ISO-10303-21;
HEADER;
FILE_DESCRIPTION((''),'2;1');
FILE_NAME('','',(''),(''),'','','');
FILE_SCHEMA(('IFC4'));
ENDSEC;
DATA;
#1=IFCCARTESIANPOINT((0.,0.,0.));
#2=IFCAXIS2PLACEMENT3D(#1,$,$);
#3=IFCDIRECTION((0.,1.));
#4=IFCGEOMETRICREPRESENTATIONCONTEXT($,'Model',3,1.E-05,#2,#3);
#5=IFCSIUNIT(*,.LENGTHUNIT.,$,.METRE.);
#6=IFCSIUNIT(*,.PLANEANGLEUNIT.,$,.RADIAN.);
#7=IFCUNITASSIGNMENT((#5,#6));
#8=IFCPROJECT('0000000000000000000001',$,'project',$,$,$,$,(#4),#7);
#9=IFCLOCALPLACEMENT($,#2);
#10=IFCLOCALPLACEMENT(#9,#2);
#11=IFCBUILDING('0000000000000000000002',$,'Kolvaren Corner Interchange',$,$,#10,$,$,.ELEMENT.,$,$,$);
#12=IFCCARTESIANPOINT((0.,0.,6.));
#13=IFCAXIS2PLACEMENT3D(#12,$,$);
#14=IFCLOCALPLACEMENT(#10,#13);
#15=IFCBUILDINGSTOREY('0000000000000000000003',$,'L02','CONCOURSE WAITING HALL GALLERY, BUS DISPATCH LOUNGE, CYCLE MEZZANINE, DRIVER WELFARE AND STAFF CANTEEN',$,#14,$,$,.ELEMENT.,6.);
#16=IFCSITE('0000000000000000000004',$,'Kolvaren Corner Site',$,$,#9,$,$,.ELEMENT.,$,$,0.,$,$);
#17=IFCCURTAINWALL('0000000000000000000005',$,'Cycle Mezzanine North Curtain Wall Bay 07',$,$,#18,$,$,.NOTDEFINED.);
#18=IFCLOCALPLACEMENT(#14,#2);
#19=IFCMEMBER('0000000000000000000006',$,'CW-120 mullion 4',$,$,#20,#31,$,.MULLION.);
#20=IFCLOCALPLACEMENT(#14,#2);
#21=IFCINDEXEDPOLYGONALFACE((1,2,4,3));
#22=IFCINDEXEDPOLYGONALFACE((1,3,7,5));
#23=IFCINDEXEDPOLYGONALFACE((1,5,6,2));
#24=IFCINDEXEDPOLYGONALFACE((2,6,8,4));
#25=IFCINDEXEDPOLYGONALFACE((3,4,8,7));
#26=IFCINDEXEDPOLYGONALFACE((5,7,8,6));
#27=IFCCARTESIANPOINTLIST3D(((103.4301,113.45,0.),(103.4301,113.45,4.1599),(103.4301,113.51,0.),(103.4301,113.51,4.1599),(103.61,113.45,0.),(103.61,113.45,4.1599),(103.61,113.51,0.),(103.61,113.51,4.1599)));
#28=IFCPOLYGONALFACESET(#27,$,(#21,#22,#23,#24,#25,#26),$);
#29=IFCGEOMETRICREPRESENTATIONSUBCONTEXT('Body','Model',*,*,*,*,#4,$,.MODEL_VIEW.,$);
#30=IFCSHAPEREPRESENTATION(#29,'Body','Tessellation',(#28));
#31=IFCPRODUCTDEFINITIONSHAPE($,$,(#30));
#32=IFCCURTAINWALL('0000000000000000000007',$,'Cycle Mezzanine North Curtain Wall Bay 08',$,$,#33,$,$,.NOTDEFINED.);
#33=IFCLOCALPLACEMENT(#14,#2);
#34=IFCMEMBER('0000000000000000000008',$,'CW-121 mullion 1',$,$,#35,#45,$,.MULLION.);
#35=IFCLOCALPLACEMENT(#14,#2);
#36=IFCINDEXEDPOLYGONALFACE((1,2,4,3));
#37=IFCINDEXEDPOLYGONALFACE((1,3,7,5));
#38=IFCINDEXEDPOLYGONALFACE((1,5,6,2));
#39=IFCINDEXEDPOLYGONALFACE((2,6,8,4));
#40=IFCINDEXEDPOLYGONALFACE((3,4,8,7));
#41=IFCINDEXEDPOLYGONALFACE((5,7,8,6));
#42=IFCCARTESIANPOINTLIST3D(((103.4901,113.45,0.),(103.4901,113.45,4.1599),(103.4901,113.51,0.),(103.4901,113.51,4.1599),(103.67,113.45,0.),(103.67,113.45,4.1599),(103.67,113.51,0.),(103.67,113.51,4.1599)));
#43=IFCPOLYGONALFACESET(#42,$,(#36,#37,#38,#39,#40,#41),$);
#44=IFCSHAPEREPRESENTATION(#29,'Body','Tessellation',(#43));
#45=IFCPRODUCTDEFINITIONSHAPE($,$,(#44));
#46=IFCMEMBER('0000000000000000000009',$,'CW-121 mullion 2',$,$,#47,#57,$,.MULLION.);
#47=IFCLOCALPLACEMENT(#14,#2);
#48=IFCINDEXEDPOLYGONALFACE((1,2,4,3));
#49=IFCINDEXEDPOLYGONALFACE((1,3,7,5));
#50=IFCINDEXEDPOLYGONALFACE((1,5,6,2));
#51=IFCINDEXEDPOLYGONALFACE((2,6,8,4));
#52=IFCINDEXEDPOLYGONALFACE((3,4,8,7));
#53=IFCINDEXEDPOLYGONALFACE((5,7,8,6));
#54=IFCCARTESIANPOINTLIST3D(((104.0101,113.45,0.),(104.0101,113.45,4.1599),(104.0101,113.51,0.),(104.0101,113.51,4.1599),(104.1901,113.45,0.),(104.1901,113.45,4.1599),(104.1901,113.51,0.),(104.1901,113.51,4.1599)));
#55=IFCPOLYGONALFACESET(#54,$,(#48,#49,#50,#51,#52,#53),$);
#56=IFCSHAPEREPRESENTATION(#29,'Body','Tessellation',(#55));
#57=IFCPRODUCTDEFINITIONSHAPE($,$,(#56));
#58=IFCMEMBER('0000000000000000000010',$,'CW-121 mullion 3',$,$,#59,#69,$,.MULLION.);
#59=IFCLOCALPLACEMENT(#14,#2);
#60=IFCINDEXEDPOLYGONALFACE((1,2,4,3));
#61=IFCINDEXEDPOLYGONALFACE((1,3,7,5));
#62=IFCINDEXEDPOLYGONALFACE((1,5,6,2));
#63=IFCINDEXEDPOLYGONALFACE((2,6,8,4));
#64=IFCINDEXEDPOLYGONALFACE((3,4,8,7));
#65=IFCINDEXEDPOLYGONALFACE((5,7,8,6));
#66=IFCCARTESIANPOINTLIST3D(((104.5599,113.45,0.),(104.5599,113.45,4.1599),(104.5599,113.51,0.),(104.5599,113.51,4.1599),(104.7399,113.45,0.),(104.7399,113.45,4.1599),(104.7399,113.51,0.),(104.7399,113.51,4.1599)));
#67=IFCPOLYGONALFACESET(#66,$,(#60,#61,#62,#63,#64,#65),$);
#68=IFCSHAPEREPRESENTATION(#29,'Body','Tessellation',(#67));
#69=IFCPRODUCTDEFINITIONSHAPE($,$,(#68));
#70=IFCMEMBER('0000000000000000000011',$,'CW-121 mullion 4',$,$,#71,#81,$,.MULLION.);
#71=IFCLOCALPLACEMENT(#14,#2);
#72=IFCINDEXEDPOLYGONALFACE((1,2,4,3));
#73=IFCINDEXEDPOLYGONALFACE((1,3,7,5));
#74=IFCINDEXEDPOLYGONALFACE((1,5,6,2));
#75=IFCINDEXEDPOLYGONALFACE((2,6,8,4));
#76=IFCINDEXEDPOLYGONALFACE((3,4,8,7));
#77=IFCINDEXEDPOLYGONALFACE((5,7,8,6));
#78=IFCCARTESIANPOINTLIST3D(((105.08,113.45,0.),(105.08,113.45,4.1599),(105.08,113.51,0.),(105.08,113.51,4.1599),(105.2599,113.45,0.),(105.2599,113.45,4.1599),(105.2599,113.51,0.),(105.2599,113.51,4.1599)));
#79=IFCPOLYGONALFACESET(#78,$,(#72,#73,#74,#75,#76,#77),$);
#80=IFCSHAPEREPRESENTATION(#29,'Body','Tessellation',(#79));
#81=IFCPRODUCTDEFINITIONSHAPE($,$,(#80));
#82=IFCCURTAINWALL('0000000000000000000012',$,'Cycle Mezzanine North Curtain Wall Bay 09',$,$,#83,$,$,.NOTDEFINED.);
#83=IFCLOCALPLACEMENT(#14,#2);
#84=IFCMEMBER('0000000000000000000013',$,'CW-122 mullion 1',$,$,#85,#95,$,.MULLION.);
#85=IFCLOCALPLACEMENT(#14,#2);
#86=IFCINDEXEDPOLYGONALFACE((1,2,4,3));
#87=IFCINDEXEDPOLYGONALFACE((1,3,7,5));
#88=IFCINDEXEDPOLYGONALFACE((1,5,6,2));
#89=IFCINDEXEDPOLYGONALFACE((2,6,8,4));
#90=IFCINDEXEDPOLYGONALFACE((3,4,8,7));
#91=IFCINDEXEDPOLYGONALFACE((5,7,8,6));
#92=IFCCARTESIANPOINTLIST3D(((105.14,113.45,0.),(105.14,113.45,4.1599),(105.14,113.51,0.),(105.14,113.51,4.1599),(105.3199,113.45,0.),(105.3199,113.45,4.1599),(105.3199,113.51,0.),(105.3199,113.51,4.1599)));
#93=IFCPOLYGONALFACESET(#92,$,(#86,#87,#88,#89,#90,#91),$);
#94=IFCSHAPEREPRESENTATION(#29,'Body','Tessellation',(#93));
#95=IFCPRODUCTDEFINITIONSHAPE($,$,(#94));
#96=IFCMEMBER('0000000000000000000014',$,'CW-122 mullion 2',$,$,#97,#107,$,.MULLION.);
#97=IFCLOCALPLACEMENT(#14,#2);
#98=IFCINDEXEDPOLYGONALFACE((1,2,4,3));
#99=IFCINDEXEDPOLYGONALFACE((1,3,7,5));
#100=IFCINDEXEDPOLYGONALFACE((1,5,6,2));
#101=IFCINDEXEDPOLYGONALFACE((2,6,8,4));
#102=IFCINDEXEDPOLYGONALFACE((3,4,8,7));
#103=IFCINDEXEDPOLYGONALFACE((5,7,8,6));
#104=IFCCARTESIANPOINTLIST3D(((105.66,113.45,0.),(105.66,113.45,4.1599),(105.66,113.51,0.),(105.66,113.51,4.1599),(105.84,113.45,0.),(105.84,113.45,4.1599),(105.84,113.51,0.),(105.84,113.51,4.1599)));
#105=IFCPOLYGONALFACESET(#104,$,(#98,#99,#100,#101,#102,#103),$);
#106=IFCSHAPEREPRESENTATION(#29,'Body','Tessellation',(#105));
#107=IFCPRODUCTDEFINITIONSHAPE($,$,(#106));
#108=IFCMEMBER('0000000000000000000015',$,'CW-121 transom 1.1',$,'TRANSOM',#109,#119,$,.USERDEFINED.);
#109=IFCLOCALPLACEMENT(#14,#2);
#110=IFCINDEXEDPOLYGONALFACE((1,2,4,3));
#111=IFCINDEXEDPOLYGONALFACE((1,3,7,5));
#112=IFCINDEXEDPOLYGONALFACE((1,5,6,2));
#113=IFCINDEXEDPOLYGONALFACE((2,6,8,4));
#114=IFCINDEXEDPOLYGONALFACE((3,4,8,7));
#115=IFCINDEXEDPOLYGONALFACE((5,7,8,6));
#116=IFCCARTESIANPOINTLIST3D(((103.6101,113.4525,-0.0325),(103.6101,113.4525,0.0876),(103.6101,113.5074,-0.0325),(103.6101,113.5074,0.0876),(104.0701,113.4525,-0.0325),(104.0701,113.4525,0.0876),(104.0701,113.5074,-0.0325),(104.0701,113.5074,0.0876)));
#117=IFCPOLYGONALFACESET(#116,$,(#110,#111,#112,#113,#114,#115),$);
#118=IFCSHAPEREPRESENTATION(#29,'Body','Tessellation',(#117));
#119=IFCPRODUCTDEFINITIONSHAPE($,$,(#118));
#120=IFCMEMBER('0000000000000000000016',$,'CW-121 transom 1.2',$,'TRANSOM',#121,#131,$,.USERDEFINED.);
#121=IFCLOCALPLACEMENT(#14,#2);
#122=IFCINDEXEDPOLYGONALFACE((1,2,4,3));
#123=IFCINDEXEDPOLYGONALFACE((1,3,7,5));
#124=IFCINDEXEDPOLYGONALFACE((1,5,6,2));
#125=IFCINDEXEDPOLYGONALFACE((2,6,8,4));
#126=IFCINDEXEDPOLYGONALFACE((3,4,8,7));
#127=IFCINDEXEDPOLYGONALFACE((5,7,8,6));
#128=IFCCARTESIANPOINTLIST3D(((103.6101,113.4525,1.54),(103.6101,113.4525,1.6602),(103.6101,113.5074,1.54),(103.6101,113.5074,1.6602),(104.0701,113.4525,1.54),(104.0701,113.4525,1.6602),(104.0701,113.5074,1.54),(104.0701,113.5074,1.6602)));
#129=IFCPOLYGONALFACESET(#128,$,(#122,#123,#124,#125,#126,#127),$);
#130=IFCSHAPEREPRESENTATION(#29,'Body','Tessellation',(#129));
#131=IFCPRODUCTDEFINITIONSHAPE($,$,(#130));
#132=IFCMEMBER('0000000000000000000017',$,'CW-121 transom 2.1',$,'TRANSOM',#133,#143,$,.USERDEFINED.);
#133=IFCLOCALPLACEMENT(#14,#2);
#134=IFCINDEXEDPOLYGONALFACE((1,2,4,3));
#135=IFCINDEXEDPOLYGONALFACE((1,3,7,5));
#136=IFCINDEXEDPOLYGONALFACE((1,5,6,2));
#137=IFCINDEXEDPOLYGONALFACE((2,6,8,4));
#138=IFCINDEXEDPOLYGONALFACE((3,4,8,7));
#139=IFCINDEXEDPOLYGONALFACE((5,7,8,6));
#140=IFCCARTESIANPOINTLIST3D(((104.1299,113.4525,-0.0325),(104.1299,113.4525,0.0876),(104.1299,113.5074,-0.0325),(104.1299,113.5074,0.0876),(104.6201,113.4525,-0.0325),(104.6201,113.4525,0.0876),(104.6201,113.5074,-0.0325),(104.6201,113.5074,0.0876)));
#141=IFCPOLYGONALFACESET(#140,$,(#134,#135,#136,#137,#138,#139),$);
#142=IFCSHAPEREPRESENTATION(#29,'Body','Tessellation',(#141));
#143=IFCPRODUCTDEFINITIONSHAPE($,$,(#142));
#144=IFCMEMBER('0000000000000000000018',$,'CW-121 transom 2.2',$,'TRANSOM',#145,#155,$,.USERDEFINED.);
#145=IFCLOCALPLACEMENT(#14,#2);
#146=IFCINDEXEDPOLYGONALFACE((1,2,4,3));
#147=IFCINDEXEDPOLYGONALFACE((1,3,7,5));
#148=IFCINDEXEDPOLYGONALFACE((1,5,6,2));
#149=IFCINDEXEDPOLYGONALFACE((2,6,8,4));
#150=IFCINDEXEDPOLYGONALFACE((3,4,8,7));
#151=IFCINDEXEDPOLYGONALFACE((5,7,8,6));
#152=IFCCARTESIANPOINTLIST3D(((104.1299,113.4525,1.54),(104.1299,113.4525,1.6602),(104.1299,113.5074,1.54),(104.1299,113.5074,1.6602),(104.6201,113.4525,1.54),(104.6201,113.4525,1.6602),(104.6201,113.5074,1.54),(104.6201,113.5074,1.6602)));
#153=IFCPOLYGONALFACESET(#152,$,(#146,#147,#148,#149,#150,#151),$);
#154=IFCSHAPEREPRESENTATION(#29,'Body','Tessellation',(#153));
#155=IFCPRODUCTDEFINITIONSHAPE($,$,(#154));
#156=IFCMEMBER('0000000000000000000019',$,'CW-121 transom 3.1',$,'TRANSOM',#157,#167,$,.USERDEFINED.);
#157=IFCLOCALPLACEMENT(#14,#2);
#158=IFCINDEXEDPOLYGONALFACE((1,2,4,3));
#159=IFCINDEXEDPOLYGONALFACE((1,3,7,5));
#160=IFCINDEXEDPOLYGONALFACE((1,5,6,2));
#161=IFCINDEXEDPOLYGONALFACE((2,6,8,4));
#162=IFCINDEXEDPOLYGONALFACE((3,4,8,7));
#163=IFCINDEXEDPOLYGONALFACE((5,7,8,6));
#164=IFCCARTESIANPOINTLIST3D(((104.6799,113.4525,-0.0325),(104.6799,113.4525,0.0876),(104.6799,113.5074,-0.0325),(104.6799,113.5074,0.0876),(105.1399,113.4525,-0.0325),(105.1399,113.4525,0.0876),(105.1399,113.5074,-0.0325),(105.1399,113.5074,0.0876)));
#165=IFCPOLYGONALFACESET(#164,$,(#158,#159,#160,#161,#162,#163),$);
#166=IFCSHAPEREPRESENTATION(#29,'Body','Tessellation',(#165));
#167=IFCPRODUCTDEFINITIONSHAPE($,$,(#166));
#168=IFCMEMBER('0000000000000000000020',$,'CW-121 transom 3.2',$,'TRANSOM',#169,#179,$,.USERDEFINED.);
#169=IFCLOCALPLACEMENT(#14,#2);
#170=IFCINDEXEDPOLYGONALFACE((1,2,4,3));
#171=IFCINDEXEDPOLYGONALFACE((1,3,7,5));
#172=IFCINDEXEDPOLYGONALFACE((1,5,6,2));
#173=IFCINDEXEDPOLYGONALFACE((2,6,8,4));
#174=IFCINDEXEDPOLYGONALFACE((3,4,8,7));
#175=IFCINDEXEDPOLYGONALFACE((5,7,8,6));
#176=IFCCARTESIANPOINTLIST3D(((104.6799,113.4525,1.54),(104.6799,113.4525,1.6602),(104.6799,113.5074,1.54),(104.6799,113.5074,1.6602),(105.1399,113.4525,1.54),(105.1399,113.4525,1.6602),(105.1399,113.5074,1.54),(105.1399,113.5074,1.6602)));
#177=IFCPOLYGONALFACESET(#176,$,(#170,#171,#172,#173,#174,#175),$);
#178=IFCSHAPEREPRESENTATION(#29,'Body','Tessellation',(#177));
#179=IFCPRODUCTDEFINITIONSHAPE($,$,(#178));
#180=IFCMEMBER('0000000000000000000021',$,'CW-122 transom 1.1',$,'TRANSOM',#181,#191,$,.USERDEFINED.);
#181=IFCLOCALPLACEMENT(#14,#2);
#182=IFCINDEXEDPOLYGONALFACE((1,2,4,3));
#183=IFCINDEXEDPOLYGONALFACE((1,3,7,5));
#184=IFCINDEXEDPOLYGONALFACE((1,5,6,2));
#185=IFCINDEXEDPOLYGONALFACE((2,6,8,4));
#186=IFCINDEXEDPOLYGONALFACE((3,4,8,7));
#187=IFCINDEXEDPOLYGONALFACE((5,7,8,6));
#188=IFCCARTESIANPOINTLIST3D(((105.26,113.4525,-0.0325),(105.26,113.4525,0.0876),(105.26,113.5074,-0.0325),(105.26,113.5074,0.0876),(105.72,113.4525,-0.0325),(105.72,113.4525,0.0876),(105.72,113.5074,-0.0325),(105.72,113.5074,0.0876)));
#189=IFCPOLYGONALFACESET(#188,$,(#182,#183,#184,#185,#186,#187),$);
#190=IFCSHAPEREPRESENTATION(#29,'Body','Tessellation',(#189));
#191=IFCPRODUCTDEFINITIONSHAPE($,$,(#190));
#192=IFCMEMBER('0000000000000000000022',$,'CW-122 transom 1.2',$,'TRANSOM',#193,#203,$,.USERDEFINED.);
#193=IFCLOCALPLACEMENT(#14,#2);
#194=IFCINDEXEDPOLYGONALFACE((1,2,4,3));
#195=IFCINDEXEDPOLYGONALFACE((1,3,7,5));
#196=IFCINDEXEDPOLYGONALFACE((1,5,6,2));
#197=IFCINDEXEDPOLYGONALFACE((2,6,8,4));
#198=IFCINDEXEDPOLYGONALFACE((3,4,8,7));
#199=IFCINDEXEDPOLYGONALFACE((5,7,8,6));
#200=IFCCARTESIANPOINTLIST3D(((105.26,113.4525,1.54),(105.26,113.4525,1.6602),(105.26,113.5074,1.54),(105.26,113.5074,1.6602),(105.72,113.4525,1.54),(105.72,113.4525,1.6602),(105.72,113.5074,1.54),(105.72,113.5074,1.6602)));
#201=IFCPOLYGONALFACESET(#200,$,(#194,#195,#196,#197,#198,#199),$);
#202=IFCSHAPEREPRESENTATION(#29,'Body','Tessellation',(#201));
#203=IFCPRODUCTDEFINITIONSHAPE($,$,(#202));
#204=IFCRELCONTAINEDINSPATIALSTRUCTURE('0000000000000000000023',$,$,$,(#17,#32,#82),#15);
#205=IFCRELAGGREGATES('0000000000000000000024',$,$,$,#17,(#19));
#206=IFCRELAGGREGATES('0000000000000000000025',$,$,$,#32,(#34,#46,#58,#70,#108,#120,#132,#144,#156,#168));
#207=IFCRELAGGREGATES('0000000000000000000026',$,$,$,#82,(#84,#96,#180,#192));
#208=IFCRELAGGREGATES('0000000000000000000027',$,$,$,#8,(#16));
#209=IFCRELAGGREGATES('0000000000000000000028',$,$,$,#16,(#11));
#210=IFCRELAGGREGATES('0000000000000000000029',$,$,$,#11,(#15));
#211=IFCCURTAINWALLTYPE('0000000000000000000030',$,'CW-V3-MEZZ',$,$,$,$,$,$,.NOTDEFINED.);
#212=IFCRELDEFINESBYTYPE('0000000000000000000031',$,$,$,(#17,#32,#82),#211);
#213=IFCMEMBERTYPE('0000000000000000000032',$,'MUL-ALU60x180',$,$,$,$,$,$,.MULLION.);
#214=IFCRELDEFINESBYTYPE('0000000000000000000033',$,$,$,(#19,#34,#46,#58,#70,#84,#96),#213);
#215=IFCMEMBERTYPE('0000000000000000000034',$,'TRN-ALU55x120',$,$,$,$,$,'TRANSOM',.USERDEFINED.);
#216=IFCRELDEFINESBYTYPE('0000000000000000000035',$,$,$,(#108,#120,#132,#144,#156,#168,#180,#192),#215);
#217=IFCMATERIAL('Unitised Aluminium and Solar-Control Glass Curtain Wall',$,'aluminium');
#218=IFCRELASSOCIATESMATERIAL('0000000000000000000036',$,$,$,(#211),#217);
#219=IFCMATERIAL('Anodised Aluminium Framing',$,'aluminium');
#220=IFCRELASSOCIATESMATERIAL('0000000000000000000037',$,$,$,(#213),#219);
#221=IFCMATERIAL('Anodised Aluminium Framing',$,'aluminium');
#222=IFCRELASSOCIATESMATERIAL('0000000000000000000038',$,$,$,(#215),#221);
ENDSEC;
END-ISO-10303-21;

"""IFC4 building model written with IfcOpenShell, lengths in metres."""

from ifc_helpers import new_model, si_unit, direction, frame, origin, origin_2d, place, context, subcontext, project, spatial, rectangle, extrude, material, material_profile, profile_set, type_object, element, aggregate, save


model = new_model("IFC4")

# Units and contexts
model_context = context("Model", 3, precision=1e-05, world=origin(), true_north=direction((0.0, 1.0)))
body_context = subcontext(model_context, "Body", "Model", "MODEL_VIEW")
ifc_project = project(units=[si_unit("LENGTHUNIT", "METRE"), si_unit("PLANEANGLEUNIT", "RADIAN")], contexts=[model_context])

# Site, building, storey
site_placement = place(None, origin())
site = spatial("IfcSite", under=ifc_project, at=site_placement, Name="Kolvaren Corner Site", CompositionType="ELEMENT", RefElevation=0.0)
building_placement = place(site_placement, origin())
building = spatial("IfcBuilding", under=site, at=building_placement, Name="Kolvaren Corner Interchange", CompositionType="ELEMENT")
storey_placement = place(building_placement, frame((0.0, 0.0, 6.0)))
storey = spatial("IfcBuildingStorey", under=building, at=storey_placement, Name="L02", Description="CONCOURSE WAITING HALL GALLERY, BUS DISPATCH LOUNGE, CYCLE MEZZANINE, DRIVER WELFARE AND STAFF CANTEEN", CompositionType="ELEMENT", Elevation=6.0)

# Curtain wall, member
ifc_material_1 = material(Name="Unitised Aluminium and Solar-Control Glass Curtain Wall", Category="aluminium")
curtain_wall_type = type_object("IfcCurtainWallType", Name="CW-V3-MEZZ", PredefinedType="NOTDEFINED", material=ifc_material_1)
curtain_wall_1_placement = place(storey_placement, origin())
curtain_wall_1 = element("IfcCurtainWall", 1, at=curtain_wall_1_placement, inside=storey, type_object=curtain_wall_type, Name="Cycle Mezzanine North Curtain Wall Bay 07", PredefinedType="NOTDEFINED")
ifc_material_2 = material(Name="Anodised Aluminium Framing", Category="aluminium")
ifc_material_profile_1 = material_profile(ifc_material_2, rectangle(XDim=0.0601, YDim=0.1799, at=origin_2d()), Name="ALU 60x180")
ifc_profile_set_1 = profile_set([ifc_material_profile_1], Name="Anodised Aluminium Framing")
member_type_1 = type_object("IfcMemberType", Name="MUL-ALU60x180", PredefinedType="MULLION", material=ifc_profile_set_1)
member_1_placement = place(storey_placement, frame((103.52, 113.48, 0.0), z_axis=(0.0, 0.0, 1.0), x_axis=(0.0, 1.0, 0.0)))
member_1 = element("IfcMember", 2, at=member_1_placement, type_object=member_type_1, Name="CW-120 mullion 4", PredefinedType="MULLION", context=body_context, shape_type="SweptSolid", body=[
    extrude(rectangle(XDim=0.0601, YDim=0.1799, at=origin_2d()), origin(), (0.0, 0.0, 1.0), 4.1599),
])

# Curtain walls, members
curtain_wall_2_placement = place(storey_placement, origin())
curtain_wall_2 = element("IfcCurtainWall", 3, at=curtain_wall_2_placement, inside=storey, type_object=curtain_wall_type, Name="Cycle Mezzanine North Curtain Wall Bay 08", PredefinedType="NOTDEFINED")
member_2_placement = place(storey_placement, frame((103.5801, 113.48, 0.0), z_axis=(0.0, 0.0, 1.0), x_axis=(0.0, 1.0, 0.0)))
member_2 = element("IfcMember", 4, at=member_2_placement, type_object=member_type_1, Name="CW-121 mullion 1", PredefinedType="MULLION", context=body_context, shape_type="SweptSolid", body=[
    extrude(rectangle(XDim=0.0601, YDim=0.1799, at=origin_2d()), origin(), (0.0, 0.0, 1.0), 4.1599),
])
member_3_placement = place(storey_placement, frame((104.1001, 113.48, 0.0), z_axis=(0.0, 0.0, 1.0), x_axis=(0.0, 1.0, 0.0)))
member_3 = element("IfcMember", 5, at=member_3_placement, type_object=member_type_1, Name="CW-121 mullion 2", PredefinedType="MULLION", context=body_context, shape_type="SweptSolid", body=[
    extrude(rectangle(XDim=0.0601, YDim=0.1799, at=origin_2d()), origin(), (0.0, 0.0, 1.0), 4.1599),
])
member_4_placement = place(storey_placement, frame((104.6499, 113.48, 0.0), z_axis=(0.0, 0.0, 1.0), x_axis=(0.0, 1.0, 0.0)))
member_4 = element("IfcMember", 6, at=member_4_placement, type_object=member_type_1, Name="CW-121 mullion 3", PredefinedType="MULLION", context=body_context, shape_type="SweptSolid", body=[
    extrude(rectangle(XDim=0.0601, YDim=0.1799, at=origin_2d()), origin(), (0.0, 0.0, 1.0), 4.1599),
])
member_5_placement = place(storey_placement, frame((105.1699, 113.48, 0.0), z_axis=(0.0, 0.0, 1.0), x_axis=(0.0, 1.0, 0.0)))
member_5 = element("IfcMember", 7, at=member_5_placement, type_object=member_type_1, Name="CW-121 mullion 4", PredefinedType="MULLION", context=body_context, shape_type="SweptSolid", body=[
    extrude(rectangle(XDim=0.0601, YDim=0.1799, at=origin_2d()), origin(), (0.0, 0.0, 1.0), 4.1599),
])
curtain_wall_3_placement = place(storey_placement, origin())
curtain_wall_3 = element("IfcCurtainWall", 8, at=curtain_wall_3_placement, inside=storey, type_object=curtain_wall_type, Name="Cycle Mezzanine North Curtain Wall Bay 09", PredefinedType="NOTDEFINED")
member_6_placement = place(storey_placement, frame((105.23, 113.48, 0.0), z_axis=(0.0, 0.0, 1.0), x_axis=(0.0, 1.0, 0.0)))
member_6 = element("IfcMember", 9, at=member_6_placement, type_object=member_type_1, Name="CW-122 mullion 1", PredefinedType="MULLION", context=body_context, shape_type="SweptSolid", body=[
    extrude(rectangle(XDim=0.0601, YDim=0.1799, at=origin_2d()), origin(), (0.0, 0.0, 1.0), 4.1599),
])
member_7_placement = place(storey_placement, frame((105.75, 113.48, 0.0), z_axis=(0.0, 0.0, 1.0), x_axis=(0.0, 1.0, 0.0)))
member_7 = element("IfcMember", 10, at=member_7_placement, type_object=member_type_1, Name="CW-122 mullion 2", PredefinedType="MULLION", context=body_context, shape_type="SweptSolid", body=[
    extrude(rectangle(XDim=0.0601, YDim=0.1799, at=origin_2d()), origin(), (0.0, 0.0, 1.0), 4.1599),
])

# Members
ifc_material_3 = material(Name="Anodised Aluminium Framing", Category="aluminium")
ifc_material_profile_2 = material_profile(ifc_material_3, rectangle(XDim=0.0549, YDim=0.1201, at=origin_2d()), Name="ALU 55x120")
ifc_profile_set_2 = profile_set([ifc_material_profile_2], Name="Anodised Aluminium Framing")
member_type_2 = type_object("IfcMemberType", Name="TRN-ALU55x120", ElementType="TRANSOM", PredefinedType="USERDEFINED", material=ifc_profile_set_2)
member_8_placement = place(storey_placement, frame((103.6101, 113.48, 0.0276), z_axis=(1.0, 0.0, 0.0), x_axis=(0.0, 1.0, 0.0)))
member_8 = element("IfcMember", 11, at=member_8_placement, type_object=member_type_2, Name="CW-121 transom 1.1", ObjectType="TRANSOM", PredefinedType="USERDEFINED", context=body_context, shape_type="SweptSolid", body=[
    extrude(rectangle(XDim=0.0549, YDim=0.1201, at=origin_2d()), origin(), (0.0, 0.0, 1.0), 0.46),
])
member_9_placement = place(storey_placement, frame((103.6101, 113.48, 1.6001), z_axis=(1.0, 0.0, 0.0), x_axis=(0.0, 1.0, 0.0)))
member_9 = element("IfcMember", 12, at=member_9_placement, type_object=member_type_2, Name="CW-121 transom 1.2", ObjectType="TRANSOM", PredefinedType="USERDEFINED", context=body_context, shape_type="SweptSolid", body=[
    extrude(rectangle(XDim=0.0549, YDim=0.1201, at=origin_2d()), origin(), (0.0, 0.0, 1.0), 0.46),
])
member_10_placement = place(storey_placement, frame((104.1299, 113.48, 0.0276), z_axis=(1.0, 0.0, 0.0), x_axis=(0.0, 1.0, 0.0)))
member_10 = element("IfcMember", 13, at=member_10_placement, type_object=member_type_2, Name="CW-121 transom 2.1", ObjectType="TRANSOM", PredefinedType="USERDEFINED", context=body_context, shape_type="SweptSolid", body=[
    extrude(rectangle(XDim=0.0549, YDim=0.1201, at=origin_2d()), origin(), (0.0, 0.0, 1.0), 0.4902),
])
member_11_placement = place(storey_placement, frame((104.1299, 113.48, 1.6001), z_axis=(1.0, 0.0, 0.0), x_axis=(0.0, 1.0, 0.0)))
member_11 = element("IfcMember", 14, at=member_11_placement, type_object=member_type_2, Name="CW-121 transom 2.2", ObjectType="TRANSOM", PredefinedType="USERDEFINED", context=body_context, shape_type="SweptSolid", body=[
    extrude(rectangle(XDim=0.0549, YDim=0.1201, at=origin_2d()), origin(), (0.0, 0.0, 1.0), 0.4902),
])
member_12_placement = place(storey_placement, frame((104.6799, 113.48, 0.0276), z_axis=(1.0, 0.0, 0.0), x_axis=(0.0, 1.0, 0.0)))
member_12 = element("IfcMember", 15, at=member_12_placement, type_object=member_type_2, Name="CW-121 transom 3.1", ObjectType="TRANSOM", PredefinedType="USERDEFINED", context=body_context, shape_type="SweptSolid", body=[
    extrude(rectangle(XDim=0.0549, YDim=0.1201, at=origin_2d()), origin(), (0.0, 0.0, 1.0), 0.46),
])
member_13_placement = place(storey_placement, frame((104.6799, 113.48, 1.6001), z_axis=(1.0, 0.0, 0.0), x_axis=(0.0, 1.0, 0.0)))
member_13 = element("IfcMember", 16, at=member_13_placement, type_object=member_type_2, Name="CW-121 transom 3.2", ObjectType="TRANSOM", PredefinedType="USERDEFINED", context=body_context, shape_type="SweptSolid", body=[
    extrude(rectangle(XDim=0.0549, YDim=0.1201, at=origin_2d()), origin(), (0.0, 0.0, 1.0), 0.46),
])
member_14_placement = place(storey_placement, frame((105.26, 113.48, 0.0276), z_axis=(1.0, 0.0, 0.0), x_axis=(0.0, 1.0, 0.0)))
member_14 = element("IfcMember", 17, at=member_14_placement, type_object=member_type_2, Name="CW-122 transom 1.1", ObjectType="TRANSOM", PredefinedType="USERDEFINED", context=body_context, shape_type="SweptSolid", body=[
    extrude(rectangle(XDim=0.0549, YDim=0.1201, at=origin_2d()), origin(), (0.0, 0.0, 1.0), 0.46),
])
member_15_placement = place(storey_placement, frame((105.26, 113.48, 1.6001), z_axis=(1.0, 0.0, 0.0), x_axis=(0.0, 1.0, 0.0)))
member_15 = element("IfcMember", 18, at=member_15_placement, type_object=member_type_2, Name="CW-122 transom 1.2", ObjectType="TRANSOM", PredefinedType="USERDEFINED", context=body_context, shape_type="SweptSolid", body=[
    extrude(rectangle(XDim=0.0549, YDim=0.1201, at=origin_2d()), origin(), (0.0, 0.0, 1.0), 0.46),
])

aggregate(curtain_wall_1, [member_1])
aggregate(curtain_wall_2, [member_2, member_3, member_4, member_5, member_8, member_9, member_10, member_11, member_12, member_13])
aggregate(curtain_wall_3, [member_6, member_7, member_14, member_15])

save(model, "model.ifc")
